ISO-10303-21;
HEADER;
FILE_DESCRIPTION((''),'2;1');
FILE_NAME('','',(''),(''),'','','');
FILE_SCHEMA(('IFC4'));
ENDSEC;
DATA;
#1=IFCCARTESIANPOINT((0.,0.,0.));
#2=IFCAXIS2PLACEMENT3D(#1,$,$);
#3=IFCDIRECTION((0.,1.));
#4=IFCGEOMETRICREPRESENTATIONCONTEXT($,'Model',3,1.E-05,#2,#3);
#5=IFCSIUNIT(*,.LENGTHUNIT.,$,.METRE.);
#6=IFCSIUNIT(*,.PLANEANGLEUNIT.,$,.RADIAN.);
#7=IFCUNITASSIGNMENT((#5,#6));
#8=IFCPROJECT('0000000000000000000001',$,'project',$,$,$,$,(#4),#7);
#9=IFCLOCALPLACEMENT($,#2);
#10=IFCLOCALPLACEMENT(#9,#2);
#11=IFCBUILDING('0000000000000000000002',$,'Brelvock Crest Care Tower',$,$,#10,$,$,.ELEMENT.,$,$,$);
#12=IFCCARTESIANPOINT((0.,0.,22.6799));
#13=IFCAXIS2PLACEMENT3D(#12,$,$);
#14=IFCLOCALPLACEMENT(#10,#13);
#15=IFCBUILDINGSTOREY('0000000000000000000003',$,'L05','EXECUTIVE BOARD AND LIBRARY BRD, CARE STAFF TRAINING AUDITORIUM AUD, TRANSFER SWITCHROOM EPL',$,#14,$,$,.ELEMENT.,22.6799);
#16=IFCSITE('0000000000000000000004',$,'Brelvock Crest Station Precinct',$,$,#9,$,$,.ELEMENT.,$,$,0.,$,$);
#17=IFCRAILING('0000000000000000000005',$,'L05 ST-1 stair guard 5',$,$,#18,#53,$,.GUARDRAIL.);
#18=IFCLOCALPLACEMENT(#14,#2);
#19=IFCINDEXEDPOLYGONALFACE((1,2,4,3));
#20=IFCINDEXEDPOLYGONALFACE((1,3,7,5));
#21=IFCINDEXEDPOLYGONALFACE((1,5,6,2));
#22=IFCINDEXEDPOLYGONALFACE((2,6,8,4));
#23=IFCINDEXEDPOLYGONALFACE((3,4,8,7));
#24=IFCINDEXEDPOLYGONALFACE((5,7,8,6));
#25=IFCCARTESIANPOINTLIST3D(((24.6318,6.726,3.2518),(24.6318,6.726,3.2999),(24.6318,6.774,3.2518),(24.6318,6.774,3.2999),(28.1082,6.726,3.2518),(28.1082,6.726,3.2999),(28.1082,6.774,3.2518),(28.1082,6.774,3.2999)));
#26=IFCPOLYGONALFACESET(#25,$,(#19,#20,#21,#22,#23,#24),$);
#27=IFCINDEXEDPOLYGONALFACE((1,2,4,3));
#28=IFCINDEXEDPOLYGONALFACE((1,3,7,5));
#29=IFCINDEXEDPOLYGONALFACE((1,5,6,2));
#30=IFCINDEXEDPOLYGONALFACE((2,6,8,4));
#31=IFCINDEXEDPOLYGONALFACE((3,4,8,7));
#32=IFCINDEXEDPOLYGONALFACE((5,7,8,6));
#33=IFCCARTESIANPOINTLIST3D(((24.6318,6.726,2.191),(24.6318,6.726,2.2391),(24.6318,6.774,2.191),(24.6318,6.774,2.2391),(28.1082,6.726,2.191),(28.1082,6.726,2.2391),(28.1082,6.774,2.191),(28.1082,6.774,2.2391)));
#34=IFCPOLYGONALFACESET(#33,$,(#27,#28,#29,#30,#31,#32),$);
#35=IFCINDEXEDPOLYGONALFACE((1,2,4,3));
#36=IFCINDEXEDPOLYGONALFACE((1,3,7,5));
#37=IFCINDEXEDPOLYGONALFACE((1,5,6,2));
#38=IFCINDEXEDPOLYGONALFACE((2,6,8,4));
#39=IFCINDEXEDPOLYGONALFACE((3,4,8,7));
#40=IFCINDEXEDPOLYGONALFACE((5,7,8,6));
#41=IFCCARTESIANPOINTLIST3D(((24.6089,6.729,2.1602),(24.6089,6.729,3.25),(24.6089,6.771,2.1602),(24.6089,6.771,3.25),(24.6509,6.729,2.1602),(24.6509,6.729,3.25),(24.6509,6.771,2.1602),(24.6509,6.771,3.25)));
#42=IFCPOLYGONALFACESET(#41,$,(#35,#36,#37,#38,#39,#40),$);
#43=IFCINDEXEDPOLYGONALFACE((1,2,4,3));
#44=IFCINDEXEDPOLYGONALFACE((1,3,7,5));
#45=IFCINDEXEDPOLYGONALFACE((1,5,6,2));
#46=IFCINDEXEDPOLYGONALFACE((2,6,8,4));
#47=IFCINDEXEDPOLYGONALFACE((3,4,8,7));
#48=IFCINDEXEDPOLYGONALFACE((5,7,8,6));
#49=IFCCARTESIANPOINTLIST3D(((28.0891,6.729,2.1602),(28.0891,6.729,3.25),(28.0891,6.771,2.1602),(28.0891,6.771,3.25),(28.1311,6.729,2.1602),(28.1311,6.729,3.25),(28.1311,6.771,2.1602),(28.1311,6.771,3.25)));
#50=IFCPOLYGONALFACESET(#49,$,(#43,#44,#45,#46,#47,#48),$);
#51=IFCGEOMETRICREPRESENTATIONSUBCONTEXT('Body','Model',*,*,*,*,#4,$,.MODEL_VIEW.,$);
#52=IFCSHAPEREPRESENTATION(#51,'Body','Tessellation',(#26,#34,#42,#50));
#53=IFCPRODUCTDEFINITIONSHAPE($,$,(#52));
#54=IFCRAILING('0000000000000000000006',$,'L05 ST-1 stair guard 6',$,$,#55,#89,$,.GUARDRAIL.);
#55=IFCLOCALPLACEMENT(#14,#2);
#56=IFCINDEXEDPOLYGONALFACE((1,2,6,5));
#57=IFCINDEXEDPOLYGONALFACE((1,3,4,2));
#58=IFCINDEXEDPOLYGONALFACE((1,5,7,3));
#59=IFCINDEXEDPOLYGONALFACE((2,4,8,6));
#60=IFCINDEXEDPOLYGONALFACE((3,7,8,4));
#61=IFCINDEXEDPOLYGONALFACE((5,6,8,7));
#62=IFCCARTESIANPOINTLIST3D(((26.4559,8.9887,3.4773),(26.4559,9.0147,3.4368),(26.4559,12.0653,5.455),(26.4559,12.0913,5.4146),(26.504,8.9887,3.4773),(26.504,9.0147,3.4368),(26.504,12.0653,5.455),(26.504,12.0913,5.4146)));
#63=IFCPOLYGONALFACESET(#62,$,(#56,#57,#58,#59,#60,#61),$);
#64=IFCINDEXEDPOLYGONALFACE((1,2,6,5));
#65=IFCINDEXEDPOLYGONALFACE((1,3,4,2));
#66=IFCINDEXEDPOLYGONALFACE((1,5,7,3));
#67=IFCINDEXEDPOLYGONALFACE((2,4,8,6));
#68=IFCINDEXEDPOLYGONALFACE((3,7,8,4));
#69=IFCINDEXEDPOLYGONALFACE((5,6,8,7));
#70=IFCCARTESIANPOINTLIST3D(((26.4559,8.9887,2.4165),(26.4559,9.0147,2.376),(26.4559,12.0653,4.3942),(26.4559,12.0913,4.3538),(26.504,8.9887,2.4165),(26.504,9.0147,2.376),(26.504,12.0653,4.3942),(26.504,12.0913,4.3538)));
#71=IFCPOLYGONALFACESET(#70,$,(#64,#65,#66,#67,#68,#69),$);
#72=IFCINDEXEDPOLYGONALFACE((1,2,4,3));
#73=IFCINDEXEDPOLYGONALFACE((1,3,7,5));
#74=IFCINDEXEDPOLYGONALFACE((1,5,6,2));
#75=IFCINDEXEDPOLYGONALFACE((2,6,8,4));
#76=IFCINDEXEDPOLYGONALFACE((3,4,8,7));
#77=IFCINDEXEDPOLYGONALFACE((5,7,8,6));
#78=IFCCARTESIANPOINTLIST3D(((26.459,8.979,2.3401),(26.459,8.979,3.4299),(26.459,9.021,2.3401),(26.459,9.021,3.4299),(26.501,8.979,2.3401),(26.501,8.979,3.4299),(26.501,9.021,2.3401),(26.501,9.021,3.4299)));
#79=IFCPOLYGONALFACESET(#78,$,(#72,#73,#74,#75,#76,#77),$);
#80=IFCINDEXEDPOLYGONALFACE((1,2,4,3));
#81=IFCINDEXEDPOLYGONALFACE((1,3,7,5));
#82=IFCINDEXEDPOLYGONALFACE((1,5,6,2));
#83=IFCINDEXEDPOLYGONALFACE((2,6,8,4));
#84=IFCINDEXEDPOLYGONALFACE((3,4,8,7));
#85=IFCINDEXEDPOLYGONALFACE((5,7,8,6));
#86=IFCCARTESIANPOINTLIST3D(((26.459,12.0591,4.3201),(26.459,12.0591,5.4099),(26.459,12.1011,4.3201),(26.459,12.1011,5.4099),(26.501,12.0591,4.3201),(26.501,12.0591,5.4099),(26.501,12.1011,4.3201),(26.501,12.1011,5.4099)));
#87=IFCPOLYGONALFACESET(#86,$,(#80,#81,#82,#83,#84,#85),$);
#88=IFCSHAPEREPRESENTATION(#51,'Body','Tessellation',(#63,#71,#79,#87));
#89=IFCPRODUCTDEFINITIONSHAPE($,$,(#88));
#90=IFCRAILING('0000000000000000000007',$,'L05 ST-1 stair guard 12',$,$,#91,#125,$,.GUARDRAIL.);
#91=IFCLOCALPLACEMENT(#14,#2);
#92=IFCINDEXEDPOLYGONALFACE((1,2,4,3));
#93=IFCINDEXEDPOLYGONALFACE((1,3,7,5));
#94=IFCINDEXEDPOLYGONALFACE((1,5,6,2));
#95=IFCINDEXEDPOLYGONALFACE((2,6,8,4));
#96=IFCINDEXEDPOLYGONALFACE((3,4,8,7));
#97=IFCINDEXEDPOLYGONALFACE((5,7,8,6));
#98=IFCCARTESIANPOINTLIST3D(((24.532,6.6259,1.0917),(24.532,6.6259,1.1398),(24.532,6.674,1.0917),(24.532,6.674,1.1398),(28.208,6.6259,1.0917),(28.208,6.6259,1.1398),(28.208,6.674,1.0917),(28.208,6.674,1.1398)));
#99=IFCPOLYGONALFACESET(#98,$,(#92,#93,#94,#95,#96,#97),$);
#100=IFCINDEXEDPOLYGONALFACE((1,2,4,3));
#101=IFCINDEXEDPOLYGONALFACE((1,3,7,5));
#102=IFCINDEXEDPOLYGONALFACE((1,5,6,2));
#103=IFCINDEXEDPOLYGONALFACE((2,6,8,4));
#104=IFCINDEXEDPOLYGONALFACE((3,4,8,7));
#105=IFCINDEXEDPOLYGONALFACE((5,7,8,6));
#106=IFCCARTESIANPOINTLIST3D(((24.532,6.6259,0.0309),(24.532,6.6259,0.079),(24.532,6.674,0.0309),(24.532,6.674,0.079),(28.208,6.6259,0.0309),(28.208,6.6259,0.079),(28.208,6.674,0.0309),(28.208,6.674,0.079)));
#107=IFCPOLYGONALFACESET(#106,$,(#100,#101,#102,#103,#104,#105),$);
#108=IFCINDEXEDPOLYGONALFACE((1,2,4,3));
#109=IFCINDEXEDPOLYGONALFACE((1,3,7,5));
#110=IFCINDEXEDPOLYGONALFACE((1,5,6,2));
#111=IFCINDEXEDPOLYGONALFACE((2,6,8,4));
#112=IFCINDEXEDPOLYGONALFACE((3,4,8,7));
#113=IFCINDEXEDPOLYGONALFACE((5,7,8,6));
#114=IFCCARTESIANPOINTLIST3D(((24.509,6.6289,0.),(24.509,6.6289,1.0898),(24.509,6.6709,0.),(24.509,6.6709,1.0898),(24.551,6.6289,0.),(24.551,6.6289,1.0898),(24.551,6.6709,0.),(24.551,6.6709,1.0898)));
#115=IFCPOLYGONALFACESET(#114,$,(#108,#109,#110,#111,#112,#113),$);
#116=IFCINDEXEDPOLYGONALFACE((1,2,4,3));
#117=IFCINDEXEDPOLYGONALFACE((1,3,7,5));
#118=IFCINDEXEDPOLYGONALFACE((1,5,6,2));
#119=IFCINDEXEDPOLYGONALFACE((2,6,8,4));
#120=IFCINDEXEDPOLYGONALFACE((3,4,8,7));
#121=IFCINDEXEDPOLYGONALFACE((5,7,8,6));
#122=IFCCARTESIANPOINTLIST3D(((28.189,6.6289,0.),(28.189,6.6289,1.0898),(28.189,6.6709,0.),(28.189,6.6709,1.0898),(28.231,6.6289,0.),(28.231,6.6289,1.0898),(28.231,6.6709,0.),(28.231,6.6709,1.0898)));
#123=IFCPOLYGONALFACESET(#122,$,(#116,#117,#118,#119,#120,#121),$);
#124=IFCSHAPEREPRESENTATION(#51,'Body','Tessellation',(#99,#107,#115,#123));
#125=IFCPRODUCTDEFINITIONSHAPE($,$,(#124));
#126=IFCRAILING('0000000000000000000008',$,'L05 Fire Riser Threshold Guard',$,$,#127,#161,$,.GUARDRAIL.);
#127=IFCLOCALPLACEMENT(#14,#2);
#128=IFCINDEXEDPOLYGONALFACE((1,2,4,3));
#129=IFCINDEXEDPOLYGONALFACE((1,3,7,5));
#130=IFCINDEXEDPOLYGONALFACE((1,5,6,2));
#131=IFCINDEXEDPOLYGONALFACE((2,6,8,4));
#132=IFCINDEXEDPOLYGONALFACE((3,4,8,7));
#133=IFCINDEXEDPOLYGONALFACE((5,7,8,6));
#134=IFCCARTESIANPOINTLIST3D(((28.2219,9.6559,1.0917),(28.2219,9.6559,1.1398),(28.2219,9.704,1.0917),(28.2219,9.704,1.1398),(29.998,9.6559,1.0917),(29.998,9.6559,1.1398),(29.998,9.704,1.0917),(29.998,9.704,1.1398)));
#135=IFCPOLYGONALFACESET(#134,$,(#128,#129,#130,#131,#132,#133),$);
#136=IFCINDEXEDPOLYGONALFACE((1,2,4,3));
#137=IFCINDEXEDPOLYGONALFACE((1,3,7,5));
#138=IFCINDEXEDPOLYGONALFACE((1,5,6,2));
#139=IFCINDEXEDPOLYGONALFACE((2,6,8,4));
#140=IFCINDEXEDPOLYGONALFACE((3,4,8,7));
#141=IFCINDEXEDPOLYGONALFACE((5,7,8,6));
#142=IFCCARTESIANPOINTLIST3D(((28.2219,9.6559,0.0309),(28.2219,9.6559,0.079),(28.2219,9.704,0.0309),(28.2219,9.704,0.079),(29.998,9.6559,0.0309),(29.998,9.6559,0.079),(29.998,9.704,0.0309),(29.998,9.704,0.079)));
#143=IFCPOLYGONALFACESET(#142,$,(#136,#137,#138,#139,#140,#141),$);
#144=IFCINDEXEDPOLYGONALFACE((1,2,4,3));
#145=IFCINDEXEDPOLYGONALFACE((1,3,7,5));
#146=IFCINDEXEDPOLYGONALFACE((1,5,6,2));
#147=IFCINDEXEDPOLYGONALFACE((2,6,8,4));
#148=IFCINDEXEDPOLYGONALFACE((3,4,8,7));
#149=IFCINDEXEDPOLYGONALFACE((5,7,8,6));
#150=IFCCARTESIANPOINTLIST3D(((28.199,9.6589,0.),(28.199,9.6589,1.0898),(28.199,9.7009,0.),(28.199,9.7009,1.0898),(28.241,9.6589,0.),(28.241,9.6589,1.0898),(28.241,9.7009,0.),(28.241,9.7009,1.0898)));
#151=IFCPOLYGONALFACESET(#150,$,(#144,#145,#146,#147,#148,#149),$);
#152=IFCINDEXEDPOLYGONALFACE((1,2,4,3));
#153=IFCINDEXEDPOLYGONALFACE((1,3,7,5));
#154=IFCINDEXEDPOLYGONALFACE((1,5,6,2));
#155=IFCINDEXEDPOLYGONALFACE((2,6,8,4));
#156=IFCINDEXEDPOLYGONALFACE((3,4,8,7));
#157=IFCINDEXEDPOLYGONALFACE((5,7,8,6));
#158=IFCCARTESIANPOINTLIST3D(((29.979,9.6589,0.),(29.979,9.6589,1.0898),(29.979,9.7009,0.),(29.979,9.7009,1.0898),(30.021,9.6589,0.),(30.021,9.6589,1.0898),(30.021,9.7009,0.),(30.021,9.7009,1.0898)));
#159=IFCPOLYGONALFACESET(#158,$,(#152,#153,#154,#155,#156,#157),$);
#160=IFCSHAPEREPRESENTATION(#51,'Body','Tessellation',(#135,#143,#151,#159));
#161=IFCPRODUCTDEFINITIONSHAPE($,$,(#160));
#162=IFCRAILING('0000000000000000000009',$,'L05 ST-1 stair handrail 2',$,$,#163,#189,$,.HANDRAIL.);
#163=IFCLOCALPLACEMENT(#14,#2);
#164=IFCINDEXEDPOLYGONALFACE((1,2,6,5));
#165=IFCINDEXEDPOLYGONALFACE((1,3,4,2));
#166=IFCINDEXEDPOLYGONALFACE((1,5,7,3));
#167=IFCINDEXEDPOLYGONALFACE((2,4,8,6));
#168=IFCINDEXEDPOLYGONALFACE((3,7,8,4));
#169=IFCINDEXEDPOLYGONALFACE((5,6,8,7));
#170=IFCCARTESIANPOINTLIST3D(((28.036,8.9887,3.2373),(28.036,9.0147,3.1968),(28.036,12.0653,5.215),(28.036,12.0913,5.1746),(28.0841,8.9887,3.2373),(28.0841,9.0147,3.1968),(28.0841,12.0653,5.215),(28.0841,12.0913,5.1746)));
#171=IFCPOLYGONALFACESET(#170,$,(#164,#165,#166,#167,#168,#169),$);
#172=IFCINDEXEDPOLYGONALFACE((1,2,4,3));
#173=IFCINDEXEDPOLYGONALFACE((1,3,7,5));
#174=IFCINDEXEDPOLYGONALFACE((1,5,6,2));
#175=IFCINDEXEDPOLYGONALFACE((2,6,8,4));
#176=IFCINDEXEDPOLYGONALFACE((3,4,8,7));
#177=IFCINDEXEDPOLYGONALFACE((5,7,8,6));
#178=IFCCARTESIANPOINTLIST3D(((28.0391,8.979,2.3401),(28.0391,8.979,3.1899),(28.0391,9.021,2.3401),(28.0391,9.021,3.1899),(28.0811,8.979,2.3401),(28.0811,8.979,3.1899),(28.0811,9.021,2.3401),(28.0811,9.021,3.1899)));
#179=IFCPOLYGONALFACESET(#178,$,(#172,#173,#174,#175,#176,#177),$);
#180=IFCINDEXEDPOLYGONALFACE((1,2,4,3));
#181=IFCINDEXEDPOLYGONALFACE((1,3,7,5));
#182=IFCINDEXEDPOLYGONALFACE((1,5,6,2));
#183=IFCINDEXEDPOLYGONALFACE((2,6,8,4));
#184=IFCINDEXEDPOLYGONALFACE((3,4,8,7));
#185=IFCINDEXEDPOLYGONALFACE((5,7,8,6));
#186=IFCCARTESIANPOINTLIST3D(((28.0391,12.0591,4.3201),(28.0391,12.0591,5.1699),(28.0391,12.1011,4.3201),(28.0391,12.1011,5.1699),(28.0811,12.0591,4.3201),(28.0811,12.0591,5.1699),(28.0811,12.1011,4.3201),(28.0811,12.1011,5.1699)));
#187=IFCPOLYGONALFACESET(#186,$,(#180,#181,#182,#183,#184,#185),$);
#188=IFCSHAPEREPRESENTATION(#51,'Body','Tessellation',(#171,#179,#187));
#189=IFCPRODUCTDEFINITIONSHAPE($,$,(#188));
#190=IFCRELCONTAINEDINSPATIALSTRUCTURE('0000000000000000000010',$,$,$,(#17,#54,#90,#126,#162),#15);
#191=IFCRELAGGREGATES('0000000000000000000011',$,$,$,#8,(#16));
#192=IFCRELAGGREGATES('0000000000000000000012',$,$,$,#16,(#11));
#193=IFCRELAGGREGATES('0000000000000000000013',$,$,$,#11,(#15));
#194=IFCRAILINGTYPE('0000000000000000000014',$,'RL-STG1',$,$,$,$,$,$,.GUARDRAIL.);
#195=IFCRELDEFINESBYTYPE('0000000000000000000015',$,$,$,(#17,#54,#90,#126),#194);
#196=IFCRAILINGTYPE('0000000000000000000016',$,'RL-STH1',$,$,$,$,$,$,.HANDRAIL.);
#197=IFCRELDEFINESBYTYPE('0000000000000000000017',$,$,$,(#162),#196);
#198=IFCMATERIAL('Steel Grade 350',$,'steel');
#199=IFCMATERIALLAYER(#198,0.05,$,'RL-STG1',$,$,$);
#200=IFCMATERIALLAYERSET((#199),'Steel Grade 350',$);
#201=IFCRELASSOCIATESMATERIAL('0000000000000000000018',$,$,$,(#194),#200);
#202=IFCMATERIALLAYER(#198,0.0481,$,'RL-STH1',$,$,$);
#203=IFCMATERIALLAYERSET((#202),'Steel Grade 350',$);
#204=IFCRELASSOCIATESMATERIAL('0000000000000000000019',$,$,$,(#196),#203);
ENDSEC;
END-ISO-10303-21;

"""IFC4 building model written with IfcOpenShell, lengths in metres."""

from ifc_helpers import new_model, si_unit, direction, frame, origin, origin_2d, place, context, subcontext, project, spatial, rectangle, extrude, material, layer, layer_set, type_object, element, save


model = new_model("IFC4")

# Units and contexts
model_context = context("Model", 3, precision=1e-05, world=origin(), true_north=direction((0.0, 1.0)))
body_context = subcontext(model_context, "Body", "Model", "MODEL_VIEW")
ifc_project = project(units=[si_unit("LENGTHUNIT", "METRE"), si_unit("PLANEANGLEUNIT", "RADIAN")], contexts=[model_context])

# Site, building, storey
site_placement = place(None, origin())
site = spatial("IfcSite", under=ifc_project, at=site_placement, Name="Brelvock Crest Station Precinct", CompositionType="ELEMENT", RefElevation=0.0)
building_placement = place(site_placement, origin())
building = spatial("IfcBuilding", under=site, at=building_placement, Name="Brelvock Crest Care Tower", CompositionType="ELEMENT")
storey_placement = place(building_placement, frame((0.0, 0.0, 22.6799)))
storey = spatial("IfcBuildingStorey", under=building, at=storey_placement, Name="L05", Description="EXECUTIVE BOARD AND LIBRARY BRD, CARE STAFF TRAINING AUDITORIUM AUD, TRANSFER SWITCHROOM EPL", CompositionType="ELEMENT", Elevation=22.6799)

# Shared definitions
ifc_material_1 = material(Name="Steel Grade 350", Category="steel")

# Railings
ifc_layer_1 = layer(ifc_material_1, 0.05, Name="RL-STG1")
ifc_layer_set_1 = layer_set([ifc_layer_1], Name="Steel Grade 350")
railing_type_1 = type_object("IfcRailingType", Name="RL-STG1", PredefinedType="GUARDRAIL", material=ifc_layer_set_1)
railing_1_placement = place(storey_placement, frame((24.6299, 6.75, 2.1602)))
element("IfcRailing", 1, at=railing_1_placement, inside=storey, type_object=railing_type_1, Name="L05 ST-1 stair guard 5", PredefinedType="GUARDRAIL", context=body_context, shape_type="SweptSolid", body=[
    extrude(rectangle(XDim=0.0481, YDim=0.0481, at=origin_2d()), frame((0.002, 0.0, 1.1157), z_axis=(1.0, 0.0, 0.0), x_axis=(0.0, 1.0, 0.0)), (0.0, 0.0, 1.0), 3.4763),
    extrude(rectangle(XDim=0.0481, YDim=0.0481, at=origin_2d()), frame((0.002, 0.0, 0.0549), z_axis=(1.0, 0.0, 0.0), x_axis=(0.0, 1.0, 0.0)), (0.0, 0.0, 1.0), 3.4763),
    extrude(rectangle(XDim=0.042, YDim=0.042, at=origin_2d()), origin(), (0.0, 0.0, 1.0), 1.0898),
    extrude(rectangle(XDim=0.042, YDim=0.042, at=origin_2d()), frame((3.4802, 0.0, 0.0)), (0.0, 0.0, 1.0), 1.0898),
])
railing_2_placement = place(storey_placement, frame((26.48, 9.0, 2.3401)))
element("IfcRailing", 2, at=railing_2_placement, inside=storey, type_object=railing_type_1, Name="L05 ST-1 stair guard 6", PredefinedType="GUARDRAIL", context=body_context, shape_type="SweptSolid", body=[
    extrude(rectangle(XDim=0.0481, YDim=0.0481, at=origin_2d()), frame((0.0, 0.0017, 1.1169), z_axis=(0.0, 0.841187, 0.540744), x_axis=(-1.0, 0.0, 0.0)), (0.0, 0.0, 1.0), 3.6575),
    extrude(rectangle(XDim=0.0481, YDim=0.0481, at=origin_2d()), frame((0.0, 0.0017, 0.0562), z_axis=(0.0, 0.841187, 0.540744), x_axis=(-1.0, 0.0, 0.0)), (0.0, 0.0, 1.0), 3.6575),
    extrude(rectangle(XDim=0.042, YDim=0.042, at=origin_2d()), origin(), (0.0, 0.0, 1.0), 1.0898),
    extrude(rectangle(XDim=0.042, YDim=0.042, at=origin_2d()), frame((0.0, 3.0801, 1.98)), (0.0, 0.0, 1.0), 1.0898),
])
railing_3_placement = place(storey_placement, frame((24.53, 6.6499, 0.0)))
element("IfcRailing", 3, at=railing_3_placement, inside=storey, type_object=railing_type_1, Name="L05 ST-1 stair guard 12", PredefinedType="GUARDRAIL", context=body_context, shape_type="SweptSolid", body=[
    extrude(rectangle(XDim=0.0481, YDim=0.0481, at=origin_2d()), frame((0.002, 0.0, 1.1157), z_axis=(1.0, 0.0, 0.0), x_axis=(0.0, 1.0, 0.0)), (0.0, 0.0, 1.0), 3.676),
    extrude(rectangle(XDim=0.0481, YDim=0.0481, at=origin_2d()), frame((0.002, 0.0, 0.0549), z_axis=(1.0, 0.0, 0.0), x_axis=(0.0, 1.0, 0.0)), (0.0, 0.0, 1.0), 3.676),
    extrude(rectangle(XDim=0.042, YDim=0.042, at=origin_2d()), origin(), (0.0, 0.0, 1.0), 1.0898),
    extrude(rectangle(XDim=0.042, YDim=0.042, at=origin_2d()), frame((3.6799, 0.0, 0.0)), (0.0, 0.0, 1.0), 1.0898),
])
railing_4_placement = place(storey_placement, frame((28.22, 9.6799, 0.0)))
element("IfcRailing", 4, at=railing_4_placement, inside=storey, type_object=railing_type_1, Name="L05 Fire Riser Threshold Guard", PredefinedType="GUARDRAIL", context=body_context, shape_type="SweptSolid", body=[
    extrude(rectangle(XDim=0.0481, YDim=0.0481, at=origin_2d()), frame((0.002, 0.0, 1.1157), z_axis=(1.0, 0.0, 0.0), x_axis=(0.0, 1.0, 0.0)), (0.0, 0.0, 1.0), 1.7761),
    extrude(rectangle(XDim=0.0481, YDim=0.0481, at=origin_2d()), frame((0.002, 0.0, 0.0549), z_axis=(1.0, 0.0, 0.0), x_axis=(0.0, 1.0, 0.0)), (0.0, 0.0, 1.0), 1.7761),
    extrude(rectangle(XDim=0.042, YDim=0.042, at=origin_2d()), origin(), (0.0, 0.0, 1.0), 1.0898),
    extrude(rectangle(XDim=0.042, YDim=0.042, at=origin_2d()), frame((1.78, 0.0, 0.0)), (0.0, 0.0, 1.0), 1.0898),
])
ifc_layer_2 = layer(ifc_material_1, 0.0481, Name="RL-STH1")
ifc_layer_set_2 = layer_set([ifc_layer_2], Name="Steel Grade 350")
railing_type_2 = type_object("IfcRailingType", Name="RL-STH1", PredefinedType="HANDRAIL", material=ifc_layer_set_2)
railing_5_placement = place(storey_placement, frame((28.0601, 9.0, 2.3401)))
element("IfcRailing", 5, at=railing_5_placement, inside=storey, type_object=railing_type_2, Name="L05 ST-1 stair handrail 2", PredefinedType="HANDRAIL", context=body_context, shape_type="SweptSolid", body=[
    extrude(rectangle(XDim=0.0481, YDim=0.0481, at=origin_2d()), frame((0.0, 0.0017, 0.877), z_axis=(0.0, 0.841187, 0.540744), x_axis=(-1.0, 0.0, 0.0)), (0.0, 0.0, 1.0), 3.6575),
    extrude(rectangle(XDim=0.042, YDim=0.042, at=origin_2d()), origin(), (0.0, 0.0, 1.0), 0.8499),
    extrude(rectangle(XDim=0.042, YDim=0.042, at=origin_2d()), frame((0.0, 3.0801, 1.98)), (0.0, 0.0, 1.0), 0.8499),
])

save(model, "model.ifc")
